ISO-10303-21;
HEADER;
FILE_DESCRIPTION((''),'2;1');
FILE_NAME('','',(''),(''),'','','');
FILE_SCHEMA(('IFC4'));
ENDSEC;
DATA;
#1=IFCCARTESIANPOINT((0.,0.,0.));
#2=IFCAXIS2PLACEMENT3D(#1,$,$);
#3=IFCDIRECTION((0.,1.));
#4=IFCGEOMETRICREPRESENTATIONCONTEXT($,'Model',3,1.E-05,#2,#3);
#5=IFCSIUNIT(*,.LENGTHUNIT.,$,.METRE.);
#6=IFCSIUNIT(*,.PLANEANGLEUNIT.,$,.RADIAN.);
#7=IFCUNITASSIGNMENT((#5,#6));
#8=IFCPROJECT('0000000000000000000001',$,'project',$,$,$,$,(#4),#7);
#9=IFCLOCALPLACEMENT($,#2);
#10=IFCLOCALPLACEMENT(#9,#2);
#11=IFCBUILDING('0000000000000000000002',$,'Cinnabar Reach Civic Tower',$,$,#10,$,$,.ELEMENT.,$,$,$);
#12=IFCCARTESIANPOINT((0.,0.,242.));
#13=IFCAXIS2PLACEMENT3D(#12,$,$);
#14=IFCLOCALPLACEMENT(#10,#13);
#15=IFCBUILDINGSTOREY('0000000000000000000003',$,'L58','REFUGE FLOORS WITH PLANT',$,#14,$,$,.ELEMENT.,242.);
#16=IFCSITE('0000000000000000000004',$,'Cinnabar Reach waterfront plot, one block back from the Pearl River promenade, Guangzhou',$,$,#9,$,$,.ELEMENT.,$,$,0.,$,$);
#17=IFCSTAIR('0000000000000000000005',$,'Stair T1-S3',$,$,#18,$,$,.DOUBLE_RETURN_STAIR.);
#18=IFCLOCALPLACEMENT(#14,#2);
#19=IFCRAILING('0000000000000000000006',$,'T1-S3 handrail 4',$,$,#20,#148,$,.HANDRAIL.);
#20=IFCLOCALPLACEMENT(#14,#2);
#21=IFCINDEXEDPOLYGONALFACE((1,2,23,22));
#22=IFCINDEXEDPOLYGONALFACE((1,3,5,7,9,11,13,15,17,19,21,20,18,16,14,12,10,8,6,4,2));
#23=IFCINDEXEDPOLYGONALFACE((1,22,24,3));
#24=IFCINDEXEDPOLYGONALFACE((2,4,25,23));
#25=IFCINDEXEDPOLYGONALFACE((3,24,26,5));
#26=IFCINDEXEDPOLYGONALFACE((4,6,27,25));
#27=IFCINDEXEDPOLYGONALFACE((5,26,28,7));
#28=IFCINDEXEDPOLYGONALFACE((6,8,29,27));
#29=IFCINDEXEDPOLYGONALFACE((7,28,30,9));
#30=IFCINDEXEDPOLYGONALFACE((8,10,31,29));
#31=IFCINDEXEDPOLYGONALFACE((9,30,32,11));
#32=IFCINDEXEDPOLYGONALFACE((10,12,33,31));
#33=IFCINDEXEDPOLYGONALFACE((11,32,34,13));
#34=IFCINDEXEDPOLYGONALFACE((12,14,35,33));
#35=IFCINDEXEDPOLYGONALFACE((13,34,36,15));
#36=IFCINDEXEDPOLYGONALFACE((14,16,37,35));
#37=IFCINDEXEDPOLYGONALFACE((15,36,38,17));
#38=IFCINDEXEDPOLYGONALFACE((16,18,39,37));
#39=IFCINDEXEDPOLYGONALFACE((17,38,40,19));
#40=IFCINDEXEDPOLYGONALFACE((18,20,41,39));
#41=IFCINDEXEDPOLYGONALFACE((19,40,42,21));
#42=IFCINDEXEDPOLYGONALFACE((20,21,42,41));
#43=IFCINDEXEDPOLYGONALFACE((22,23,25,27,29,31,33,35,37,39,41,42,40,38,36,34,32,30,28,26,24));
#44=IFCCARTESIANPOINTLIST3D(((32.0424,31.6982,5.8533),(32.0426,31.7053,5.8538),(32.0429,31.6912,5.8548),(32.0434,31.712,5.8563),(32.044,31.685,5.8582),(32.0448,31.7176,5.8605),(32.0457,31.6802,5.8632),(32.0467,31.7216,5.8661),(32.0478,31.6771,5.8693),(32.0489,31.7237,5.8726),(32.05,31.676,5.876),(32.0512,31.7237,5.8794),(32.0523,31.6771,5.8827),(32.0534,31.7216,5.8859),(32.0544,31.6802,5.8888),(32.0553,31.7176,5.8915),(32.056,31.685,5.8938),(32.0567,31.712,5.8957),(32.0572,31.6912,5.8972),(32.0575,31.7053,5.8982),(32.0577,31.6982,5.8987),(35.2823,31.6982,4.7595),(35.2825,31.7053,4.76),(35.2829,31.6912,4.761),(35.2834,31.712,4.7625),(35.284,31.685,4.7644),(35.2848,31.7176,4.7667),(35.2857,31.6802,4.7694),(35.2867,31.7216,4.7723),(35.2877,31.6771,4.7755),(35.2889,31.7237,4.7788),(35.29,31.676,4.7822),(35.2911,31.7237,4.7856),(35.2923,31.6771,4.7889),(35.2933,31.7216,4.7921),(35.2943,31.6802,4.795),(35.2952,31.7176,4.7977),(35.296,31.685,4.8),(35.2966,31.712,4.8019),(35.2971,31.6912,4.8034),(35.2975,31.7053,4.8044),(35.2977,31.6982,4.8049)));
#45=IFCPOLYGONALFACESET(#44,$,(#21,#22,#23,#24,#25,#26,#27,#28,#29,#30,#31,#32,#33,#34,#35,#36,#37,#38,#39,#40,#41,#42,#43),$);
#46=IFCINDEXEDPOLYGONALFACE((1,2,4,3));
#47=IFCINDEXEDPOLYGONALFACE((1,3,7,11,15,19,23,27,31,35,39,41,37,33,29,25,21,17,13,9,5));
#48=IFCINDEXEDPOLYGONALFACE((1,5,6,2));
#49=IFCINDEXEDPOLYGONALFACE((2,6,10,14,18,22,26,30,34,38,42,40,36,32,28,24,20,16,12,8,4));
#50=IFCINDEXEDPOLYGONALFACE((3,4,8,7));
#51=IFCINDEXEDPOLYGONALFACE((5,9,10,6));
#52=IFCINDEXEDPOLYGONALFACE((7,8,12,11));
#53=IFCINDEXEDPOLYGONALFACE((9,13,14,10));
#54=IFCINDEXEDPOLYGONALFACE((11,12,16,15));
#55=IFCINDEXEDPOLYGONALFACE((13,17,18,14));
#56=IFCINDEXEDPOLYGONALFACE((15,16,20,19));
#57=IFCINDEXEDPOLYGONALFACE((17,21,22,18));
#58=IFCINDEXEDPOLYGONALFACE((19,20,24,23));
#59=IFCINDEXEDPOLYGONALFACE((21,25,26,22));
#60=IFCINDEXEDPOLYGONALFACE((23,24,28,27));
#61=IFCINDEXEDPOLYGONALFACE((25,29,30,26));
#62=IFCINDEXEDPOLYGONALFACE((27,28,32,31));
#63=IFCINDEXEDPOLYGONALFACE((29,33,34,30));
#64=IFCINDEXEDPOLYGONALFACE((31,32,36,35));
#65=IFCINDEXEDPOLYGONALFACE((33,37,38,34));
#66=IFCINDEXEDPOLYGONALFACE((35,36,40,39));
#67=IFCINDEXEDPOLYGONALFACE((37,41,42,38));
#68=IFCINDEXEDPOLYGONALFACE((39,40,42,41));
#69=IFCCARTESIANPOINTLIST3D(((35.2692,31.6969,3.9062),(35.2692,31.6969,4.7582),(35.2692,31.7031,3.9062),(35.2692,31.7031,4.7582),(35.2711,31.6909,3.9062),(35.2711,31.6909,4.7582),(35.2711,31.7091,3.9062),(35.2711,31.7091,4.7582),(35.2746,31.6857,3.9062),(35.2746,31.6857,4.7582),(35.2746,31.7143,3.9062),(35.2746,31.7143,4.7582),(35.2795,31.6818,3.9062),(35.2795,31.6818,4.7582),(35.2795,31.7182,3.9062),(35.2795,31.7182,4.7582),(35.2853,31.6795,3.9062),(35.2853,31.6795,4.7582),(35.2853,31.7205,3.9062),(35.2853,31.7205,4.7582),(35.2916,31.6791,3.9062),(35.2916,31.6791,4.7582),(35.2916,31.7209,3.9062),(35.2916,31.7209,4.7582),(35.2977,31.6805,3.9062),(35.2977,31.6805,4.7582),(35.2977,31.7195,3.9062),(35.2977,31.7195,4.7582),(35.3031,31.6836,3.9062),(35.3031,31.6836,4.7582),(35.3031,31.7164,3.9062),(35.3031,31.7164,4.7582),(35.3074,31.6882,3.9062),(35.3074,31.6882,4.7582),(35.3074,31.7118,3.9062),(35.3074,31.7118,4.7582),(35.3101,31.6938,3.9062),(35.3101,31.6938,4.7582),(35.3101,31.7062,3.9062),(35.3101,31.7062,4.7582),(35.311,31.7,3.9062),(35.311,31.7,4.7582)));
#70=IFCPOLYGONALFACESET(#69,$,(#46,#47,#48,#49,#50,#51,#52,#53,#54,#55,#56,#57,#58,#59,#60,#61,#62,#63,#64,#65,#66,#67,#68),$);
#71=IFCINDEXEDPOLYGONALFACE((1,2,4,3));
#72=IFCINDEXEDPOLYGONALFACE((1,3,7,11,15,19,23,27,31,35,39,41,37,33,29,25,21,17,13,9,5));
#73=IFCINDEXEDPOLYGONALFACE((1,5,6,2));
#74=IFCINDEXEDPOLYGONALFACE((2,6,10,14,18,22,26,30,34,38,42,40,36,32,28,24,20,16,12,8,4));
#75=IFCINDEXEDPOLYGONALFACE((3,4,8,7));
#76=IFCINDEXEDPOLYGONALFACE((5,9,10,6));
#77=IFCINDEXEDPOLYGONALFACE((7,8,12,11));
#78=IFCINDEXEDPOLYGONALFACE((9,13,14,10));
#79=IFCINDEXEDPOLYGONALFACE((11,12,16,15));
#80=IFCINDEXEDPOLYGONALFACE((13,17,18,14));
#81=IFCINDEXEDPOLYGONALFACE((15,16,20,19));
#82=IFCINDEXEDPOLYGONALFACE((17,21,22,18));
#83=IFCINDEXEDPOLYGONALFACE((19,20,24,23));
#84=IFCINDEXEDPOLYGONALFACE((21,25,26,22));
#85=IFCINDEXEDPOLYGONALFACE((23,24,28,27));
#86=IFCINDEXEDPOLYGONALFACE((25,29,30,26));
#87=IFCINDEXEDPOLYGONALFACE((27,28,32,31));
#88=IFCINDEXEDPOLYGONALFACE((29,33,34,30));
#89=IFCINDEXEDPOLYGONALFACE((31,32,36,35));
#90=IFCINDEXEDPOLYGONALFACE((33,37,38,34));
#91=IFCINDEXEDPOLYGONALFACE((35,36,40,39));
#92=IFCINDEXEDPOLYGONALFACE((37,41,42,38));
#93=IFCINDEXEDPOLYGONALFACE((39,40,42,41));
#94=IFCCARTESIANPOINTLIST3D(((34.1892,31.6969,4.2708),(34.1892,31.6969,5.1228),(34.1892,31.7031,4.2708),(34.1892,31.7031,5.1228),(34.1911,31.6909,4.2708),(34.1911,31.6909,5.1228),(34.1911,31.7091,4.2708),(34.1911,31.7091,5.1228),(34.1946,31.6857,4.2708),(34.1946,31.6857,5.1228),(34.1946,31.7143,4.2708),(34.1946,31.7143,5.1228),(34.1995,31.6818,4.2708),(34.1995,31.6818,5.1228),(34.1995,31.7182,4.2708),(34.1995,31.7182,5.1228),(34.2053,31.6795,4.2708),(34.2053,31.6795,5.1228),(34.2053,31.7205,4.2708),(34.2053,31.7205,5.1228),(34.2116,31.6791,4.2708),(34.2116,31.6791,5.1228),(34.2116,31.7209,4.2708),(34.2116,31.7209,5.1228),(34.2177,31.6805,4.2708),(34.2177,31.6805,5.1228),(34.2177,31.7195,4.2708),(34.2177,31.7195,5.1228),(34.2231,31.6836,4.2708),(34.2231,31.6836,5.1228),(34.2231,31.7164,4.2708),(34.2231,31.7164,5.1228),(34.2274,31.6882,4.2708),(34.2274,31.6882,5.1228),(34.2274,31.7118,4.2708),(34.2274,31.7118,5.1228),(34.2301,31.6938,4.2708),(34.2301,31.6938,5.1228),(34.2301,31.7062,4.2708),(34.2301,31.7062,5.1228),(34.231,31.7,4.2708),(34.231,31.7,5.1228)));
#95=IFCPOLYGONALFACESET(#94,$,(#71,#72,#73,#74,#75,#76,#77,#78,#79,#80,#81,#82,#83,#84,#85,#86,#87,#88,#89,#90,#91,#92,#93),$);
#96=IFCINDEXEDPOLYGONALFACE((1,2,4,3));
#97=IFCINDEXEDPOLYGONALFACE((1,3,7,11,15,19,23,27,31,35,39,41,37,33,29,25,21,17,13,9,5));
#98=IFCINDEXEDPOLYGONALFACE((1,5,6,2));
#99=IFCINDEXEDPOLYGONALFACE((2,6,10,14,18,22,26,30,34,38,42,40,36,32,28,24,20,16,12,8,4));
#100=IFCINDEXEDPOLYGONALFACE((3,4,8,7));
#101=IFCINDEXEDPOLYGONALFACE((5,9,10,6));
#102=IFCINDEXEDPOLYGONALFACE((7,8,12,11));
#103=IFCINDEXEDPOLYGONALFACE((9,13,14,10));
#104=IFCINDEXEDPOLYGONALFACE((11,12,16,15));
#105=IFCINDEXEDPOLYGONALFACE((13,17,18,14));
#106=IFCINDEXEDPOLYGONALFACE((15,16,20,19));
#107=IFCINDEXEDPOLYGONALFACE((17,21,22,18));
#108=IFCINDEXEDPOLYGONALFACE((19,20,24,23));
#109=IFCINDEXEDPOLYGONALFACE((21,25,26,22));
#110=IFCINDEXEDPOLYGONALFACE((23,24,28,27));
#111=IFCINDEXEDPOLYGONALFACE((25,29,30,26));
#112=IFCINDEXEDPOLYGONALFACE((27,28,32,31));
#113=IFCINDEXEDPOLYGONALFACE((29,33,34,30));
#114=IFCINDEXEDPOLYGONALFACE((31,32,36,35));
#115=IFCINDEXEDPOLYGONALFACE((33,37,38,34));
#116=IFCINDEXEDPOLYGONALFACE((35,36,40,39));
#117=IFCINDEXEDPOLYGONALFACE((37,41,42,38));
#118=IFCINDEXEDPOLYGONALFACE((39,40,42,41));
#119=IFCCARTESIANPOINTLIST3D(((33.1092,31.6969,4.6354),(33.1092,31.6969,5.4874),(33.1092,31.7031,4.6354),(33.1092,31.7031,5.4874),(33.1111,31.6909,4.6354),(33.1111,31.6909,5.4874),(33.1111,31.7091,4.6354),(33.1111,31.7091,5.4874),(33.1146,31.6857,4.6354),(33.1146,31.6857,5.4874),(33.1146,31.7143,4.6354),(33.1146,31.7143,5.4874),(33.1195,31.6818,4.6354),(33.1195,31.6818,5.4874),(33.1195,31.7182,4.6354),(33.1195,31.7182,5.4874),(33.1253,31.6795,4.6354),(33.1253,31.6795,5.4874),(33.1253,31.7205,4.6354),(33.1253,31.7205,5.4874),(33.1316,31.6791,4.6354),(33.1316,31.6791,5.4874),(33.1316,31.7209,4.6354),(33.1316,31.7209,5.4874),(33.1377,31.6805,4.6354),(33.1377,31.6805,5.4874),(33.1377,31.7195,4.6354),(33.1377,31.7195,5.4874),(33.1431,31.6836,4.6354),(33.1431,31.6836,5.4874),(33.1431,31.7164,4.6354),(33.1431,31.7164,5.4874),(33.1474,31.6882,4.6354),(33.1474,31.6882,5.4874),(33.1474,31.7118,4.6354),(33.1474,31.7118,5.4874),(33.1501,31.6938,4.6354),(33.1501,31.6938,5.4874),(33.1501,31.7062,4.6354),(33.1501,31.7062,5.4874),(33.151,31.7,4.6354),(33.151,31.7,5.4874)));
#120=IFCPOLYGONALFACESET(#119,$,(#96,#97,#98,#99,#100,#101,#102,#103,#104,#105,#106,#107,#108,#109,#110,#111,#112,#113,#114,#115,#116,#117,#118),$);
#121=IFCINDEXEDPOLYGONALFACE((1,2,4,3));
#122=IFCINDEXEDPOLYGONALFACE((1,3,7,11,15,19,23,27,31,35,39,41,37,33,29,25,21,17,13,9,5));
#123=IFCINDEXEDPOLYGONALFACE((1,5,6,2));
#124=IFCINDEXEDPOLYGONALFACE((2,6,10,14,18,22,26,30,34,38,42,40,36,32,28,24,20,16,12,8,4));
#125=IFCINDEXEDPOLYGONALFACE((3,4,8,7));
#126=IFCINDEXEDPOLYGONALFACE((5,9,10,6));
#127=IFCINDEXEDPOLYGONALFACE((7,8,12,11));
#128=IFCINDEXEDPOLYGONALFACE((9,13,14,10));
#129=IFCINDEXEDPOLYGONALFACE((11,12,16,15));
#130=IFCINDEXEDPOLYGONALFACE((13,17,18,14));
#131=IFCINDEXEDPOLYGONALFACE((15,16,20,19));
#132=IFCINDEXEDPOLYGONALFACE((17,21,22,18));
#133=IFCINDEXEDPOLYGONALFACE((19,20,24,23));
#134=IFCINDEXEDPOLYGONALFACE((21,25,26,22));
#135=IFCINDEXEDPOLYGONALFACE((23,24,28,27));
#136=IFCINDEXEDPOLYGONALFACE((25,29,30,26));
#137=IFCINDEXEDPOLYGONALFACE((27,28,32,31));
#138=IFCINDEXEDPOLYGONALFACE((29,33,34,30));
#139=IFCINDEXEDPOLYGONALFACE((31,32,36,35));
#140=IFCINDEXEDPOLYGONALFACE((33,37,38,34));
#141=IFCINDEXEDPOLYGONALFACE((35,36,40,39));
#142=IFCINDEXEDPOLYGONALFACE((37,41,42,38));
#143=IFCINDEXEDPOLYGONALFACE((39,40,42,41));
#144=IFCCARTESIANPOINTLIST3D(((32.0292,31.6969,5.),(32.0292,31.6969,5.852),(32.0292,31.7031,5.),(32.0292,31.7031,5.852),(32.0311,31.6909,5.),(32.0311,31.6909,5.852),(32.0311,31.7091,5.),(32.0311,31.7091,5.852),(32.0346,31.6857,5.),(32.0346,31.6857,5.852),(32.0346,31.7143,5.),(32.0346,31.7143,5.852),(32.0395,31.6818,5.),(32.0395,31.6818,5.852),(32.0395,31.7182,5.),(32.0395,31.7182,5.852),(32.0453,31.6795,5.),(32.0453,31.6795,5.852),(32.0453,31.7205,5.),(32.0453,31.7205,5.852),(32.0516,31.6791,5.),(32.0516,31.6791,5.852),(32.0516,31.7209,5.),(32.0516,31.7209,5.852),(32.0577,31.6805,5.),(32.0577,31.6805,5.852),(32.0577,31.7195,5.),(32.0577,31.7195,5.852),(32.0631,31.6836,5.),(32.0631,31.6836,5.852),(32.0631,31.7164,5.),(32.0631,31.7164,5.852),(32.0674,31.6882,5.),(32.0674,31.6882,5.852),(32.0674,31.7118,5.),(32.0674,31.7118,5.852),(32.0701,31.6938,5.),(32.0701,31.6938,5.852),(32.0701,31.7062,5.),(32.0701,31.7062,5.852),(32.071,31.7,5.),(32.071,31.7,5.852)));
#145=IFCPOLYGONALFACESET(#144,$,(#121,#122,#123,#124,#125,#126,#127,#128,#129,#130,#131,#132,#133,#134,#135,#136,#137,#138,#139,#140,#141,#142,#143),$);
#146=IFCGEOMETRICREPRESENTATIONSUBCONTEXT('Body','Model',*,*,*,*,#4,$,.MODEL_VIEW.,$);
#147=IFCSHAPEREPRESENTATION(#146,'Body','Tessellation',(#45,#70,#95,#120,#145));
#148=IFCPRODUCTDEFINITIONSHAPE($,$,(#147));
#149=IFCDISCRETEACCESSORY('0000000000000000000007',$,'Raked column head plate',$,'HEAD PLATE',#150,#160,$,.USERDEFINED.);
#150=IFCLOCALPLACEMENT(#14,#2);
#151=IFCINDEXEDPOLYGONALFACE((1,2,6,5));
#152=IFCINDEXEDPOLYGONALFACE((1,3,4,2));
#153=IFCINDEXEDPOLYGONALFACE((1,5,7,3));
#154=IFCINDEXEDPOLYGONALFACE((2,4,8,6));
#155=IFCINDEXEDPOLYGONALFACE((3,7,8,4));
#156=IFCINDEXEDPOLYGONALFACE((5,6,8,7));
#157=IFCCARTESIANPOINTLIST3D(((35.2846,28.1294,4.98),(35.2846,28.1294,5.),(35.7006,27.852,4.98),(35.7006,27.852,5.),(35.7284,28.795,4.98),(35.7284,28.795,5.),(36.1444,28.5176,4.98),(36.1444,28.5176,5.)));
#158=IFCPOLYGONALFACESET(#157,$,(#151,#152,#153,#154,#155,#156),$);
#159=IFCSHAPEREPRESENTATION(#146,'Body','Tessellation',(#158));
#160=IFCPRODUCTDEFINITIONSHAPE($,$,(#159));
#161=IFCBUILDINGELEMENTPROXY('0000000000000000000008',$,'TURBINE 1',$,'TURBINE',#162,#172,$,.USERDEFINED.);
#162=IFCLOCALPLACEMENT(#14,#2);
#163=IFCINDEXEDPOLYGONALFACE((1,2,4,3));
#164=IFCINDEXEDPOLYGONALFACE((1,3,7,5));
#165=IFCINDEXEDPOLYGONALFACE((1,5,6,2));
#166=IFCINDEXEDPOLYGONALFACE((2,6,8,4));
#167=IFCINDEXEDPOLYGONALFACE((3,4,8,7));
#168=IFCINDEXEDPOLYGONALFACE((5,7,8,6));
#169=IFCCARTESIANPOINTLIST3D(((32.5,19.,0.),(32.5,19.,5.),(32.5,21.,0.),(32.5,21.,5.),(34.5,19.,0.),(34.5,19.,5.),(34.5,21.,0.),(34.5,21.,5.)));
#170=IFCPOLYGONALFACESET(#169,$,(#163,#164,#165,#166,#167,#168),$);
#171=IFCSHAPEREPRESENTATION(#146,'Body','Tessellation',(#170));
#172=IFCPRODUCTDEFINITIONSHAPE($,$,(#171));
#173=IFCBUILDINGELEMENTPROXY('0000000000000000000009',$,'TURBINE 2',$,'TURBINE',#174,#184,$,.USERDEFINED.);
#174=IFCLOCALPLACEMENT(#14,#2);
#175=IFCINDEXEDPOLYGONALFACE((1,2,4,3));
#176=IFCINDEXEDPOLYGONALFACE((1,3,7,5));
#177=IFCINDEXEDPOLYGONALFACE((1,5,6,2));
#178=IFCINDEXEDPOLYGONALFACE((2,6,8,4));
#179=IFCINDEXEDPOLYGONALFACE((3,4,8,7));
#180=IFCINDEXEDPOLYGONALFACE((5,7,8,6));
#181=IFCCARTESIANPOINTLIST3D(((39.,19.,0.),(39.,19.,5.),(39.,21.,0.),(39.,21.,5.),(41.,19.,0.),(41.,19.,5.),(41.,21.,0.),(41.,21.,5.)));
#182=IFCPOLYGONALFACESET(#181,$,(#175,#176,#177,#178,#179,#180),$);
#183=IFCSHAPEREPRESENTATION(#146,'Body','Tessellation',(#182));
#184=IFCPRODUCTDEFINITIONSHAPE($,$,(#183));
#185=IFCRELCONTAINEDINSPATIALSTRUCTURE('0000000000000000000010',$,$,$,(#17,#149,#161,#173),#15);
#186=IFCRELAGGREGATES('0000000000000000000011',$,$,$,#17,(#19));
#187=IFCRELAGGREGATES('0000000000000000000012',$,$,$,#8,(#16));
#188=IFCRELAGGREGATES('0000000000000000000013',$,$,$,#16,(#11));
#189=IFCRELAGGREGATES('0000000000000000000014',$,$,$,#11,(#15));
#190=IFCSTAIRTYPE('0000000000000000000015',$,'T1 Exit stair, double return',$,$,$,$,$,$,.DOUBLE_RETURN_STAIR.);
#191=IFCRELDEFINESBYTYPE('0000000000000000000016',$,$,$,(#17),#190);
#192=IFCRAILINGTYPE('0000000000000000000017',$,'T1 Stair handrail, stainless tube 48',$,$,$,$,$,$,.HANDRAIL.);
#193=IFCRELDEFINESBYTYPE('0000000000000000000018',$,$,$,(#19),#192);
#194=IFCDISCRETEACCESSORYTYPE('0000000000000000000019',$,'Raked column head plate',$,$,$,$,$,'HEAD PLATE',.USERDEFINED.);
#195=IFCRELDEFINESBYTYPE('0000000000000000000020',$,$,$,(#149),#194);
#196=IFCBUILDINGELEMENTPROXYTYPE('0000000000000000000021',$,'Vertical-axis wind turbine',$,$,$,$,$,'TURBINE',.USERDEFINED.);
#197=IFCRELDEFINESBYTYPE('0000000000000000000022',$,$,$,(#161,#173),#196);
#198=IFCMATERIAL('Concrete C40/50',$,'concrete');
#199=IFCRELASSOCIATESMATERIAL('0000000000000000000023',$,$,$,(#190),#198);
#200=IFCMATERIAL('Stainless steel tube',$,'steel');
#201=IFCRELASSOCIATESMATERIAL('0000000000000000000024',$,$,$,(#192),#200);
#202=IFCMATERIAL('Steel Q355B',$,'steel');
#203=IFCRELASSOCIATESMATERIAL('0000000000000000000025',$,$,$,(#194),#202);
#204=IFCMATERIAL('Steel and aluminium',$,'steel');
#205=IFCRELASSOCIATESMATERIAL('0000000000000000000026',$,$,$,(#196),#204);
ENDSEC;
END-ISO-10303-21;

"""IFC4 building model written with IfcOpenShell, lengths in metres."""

from ifc_helpers import new_model, si_unit, direction, frame, origin, origin_2d, place, context, subcontext, project, spatial, rectangle, circle, extrude, material, type_object, element, aggregate, save


model = new_model("IFC4")

# Units and contexts
model_context = context("Model", 3, precision=1e-05, world=origin(), true_north=direction((0.0, 1.0)))
body_context = subcontext(model_context, "Body", "Model", "MODEL_VIEW")
ifc_project = project(units=[si_unit("LENGTHUNIT", "METRE"), si_unit("PLANEANGLEUNIT", "RADIAN")], contexts=[model_context])

# Site, building, storey
site_placement = place(None, origin())
site = spatial("IfcSite", under=ifc_project, at=site_placement, Name="Cinnabar Reach waterfront plot, one block back from the Pearl River promenade, Guangzhou", CompositionType="ELEMENT", RefElevation=0.0)
building_placement = place(site_placement, origin())
building = spatial("IfcBuilding", under=site, at=building_placement, Name="Cinnabar Reach Civic Tower", CompositionType="ELEMENT")
storey_placement = place(building_placement, frame((0.0, 0.0, 242.0)))
storey = spatial("IfcBuildingStorey", under=building, at=storey_placement, Name="L58", Description="REFUGE FLOORS WITH PLANT", CompositionType="ELEMENT", Elevation=242.0)

# Shared definitions
ifc_material_1 = material(Name="Steel Q355B", Category="steel")

# Stair, railing
ifc_material_2 = material(Name="Concrete C40/50", Category="concrete")
stair_type = type_object("IfcStairType", Name="T1 Exit stair, double return", PredefinedType="DOUBLE_RETURN_STAIR", material=ifc_material_2)
stair_placement = place(storey_placement, origin())
stair = element("IfcStair", 1, at=stair_placement, inside=storey, type_object=stair_type, Name="Stair T1-S3", PredefinedType="DOUBLE_RETURN_STAIR")
ifc_material_3 = material(Name="Stainless steel tube", Category="steel")
railing_type_1 = type_object("IfcRailingType", Name="T1 Stair handrail, stainless tube 48", PredefinedType="HANDRAIL", material=ifc_material_3)
railing_1_placement = place(storey_placement, frame((35.29, 31.7, 3.9062)))
railing_1 = element("IfcRailing", 2, at=railing_1_placement, type_object=railing_type_1, Name="T1-S3 handrail 4", PredefinedType="HANDRAIL", context=body_context, shape_type="SweptSolid", body=[
    extrude(circle(Radius=0.024, at=origin_2d()), frame((0.0, 0.0, 0.876), z_axis=(-0.947466, 0.0, 0.319857), x_axis=(0.0, -1.0, 0.0)), (0.0, 0.0, 1.0), 3.4196),
    extrude(circle(Radius=0.021, at=origin_2d()), origin(), (0.0, 0.0, 1.0), 0.852),
    extrude(circle(Radius=0.021, at=origin_2d()), frame((-1.08, 0.0, 0.3646)), (0.0, 0.0, 1.0), 0.852),
    extrude(circle(Radius=0.021, at=origin_2d()), frame((-2.16, 0.0, 0.7292)), (0.0, 0.0, 1.0), 0.852),
    extrude(circle(Radius=0.021, at=origin_2d()), frame((-3.24, 0.0, 1.0938)), (0.0, 0.0, 1.0), 0.852),
])
aggregate(stair, [railing_1])

# Discrete accessory
discrete_accessory_type = type_object("IfcDiscreteAccessoryType", Name="Raked column head plate", ElementType="HEAD PLATE", PredefinedType="USERDEFINED", material=ifc_material_1)
discrete_accessory_placement = place(storey_placement, frame((35.7145, 28.3235, 4.98), z_axis=(0.0, 0.0, 1.0), x_axis=(-0.832051, 0.554699, 0.0)))
element("IfcDiscreteAccessory", 3, at=discrete_accessory_placement, inside=storey, type_object=discrete_accessory_type, Name="Raked column head plate", ObjectType="HEAD PLATE", PredefinedType="USERDEFINED", context=body_context, shape_type="SweptSolid", body=[
    extrude(rectangle(XDim=0.5, YDim=0.8, at=origin_2d()), origin(), (0.0, 0.0, 1.0), 0.02),
])

# Building element proxies
ifc_material_4 = material(Name="Steel and aluminium", Category="steel")
building_element_proxy_type = type_object("IfcBuildingElementProxyType", Name="Vertical-axis wind turbine", ElementType="TURBINE", PredefinedType="USERDEFINED", material=ifc_material_4)
for number, where, z_axis, x_axis, name in (
    (4, (33.5, 20.0, 0.0), (0.0, 0.0, 1.0), (1.0, 0.0, 0.0), "TURBINE 1"),
    (5, (40.0, 20.0, 0.0), (0.0, 0.0, 1.0), (1.0, 0.0, 0.0), "TURBINE 2"),
):
    element("IfcBuildingElementProxy", number, at=place(storey_placement, frame(where, z_axis=z_axis, x_axis=x_axis)), inside=storey, type_object=building_element_proxy_type, Name=name, ObjectType="TURBINE", PredefinedType="USERDEFINED", context=body_context, shape_type="SweptSolid", body=[
        extrude(rectangle(XDim=2.0, YDim=2.0, at=origin_2d()), origin(), (0.0, 0.0, 1.0), 5.0),
    ])

save(model, "model.ifc")
